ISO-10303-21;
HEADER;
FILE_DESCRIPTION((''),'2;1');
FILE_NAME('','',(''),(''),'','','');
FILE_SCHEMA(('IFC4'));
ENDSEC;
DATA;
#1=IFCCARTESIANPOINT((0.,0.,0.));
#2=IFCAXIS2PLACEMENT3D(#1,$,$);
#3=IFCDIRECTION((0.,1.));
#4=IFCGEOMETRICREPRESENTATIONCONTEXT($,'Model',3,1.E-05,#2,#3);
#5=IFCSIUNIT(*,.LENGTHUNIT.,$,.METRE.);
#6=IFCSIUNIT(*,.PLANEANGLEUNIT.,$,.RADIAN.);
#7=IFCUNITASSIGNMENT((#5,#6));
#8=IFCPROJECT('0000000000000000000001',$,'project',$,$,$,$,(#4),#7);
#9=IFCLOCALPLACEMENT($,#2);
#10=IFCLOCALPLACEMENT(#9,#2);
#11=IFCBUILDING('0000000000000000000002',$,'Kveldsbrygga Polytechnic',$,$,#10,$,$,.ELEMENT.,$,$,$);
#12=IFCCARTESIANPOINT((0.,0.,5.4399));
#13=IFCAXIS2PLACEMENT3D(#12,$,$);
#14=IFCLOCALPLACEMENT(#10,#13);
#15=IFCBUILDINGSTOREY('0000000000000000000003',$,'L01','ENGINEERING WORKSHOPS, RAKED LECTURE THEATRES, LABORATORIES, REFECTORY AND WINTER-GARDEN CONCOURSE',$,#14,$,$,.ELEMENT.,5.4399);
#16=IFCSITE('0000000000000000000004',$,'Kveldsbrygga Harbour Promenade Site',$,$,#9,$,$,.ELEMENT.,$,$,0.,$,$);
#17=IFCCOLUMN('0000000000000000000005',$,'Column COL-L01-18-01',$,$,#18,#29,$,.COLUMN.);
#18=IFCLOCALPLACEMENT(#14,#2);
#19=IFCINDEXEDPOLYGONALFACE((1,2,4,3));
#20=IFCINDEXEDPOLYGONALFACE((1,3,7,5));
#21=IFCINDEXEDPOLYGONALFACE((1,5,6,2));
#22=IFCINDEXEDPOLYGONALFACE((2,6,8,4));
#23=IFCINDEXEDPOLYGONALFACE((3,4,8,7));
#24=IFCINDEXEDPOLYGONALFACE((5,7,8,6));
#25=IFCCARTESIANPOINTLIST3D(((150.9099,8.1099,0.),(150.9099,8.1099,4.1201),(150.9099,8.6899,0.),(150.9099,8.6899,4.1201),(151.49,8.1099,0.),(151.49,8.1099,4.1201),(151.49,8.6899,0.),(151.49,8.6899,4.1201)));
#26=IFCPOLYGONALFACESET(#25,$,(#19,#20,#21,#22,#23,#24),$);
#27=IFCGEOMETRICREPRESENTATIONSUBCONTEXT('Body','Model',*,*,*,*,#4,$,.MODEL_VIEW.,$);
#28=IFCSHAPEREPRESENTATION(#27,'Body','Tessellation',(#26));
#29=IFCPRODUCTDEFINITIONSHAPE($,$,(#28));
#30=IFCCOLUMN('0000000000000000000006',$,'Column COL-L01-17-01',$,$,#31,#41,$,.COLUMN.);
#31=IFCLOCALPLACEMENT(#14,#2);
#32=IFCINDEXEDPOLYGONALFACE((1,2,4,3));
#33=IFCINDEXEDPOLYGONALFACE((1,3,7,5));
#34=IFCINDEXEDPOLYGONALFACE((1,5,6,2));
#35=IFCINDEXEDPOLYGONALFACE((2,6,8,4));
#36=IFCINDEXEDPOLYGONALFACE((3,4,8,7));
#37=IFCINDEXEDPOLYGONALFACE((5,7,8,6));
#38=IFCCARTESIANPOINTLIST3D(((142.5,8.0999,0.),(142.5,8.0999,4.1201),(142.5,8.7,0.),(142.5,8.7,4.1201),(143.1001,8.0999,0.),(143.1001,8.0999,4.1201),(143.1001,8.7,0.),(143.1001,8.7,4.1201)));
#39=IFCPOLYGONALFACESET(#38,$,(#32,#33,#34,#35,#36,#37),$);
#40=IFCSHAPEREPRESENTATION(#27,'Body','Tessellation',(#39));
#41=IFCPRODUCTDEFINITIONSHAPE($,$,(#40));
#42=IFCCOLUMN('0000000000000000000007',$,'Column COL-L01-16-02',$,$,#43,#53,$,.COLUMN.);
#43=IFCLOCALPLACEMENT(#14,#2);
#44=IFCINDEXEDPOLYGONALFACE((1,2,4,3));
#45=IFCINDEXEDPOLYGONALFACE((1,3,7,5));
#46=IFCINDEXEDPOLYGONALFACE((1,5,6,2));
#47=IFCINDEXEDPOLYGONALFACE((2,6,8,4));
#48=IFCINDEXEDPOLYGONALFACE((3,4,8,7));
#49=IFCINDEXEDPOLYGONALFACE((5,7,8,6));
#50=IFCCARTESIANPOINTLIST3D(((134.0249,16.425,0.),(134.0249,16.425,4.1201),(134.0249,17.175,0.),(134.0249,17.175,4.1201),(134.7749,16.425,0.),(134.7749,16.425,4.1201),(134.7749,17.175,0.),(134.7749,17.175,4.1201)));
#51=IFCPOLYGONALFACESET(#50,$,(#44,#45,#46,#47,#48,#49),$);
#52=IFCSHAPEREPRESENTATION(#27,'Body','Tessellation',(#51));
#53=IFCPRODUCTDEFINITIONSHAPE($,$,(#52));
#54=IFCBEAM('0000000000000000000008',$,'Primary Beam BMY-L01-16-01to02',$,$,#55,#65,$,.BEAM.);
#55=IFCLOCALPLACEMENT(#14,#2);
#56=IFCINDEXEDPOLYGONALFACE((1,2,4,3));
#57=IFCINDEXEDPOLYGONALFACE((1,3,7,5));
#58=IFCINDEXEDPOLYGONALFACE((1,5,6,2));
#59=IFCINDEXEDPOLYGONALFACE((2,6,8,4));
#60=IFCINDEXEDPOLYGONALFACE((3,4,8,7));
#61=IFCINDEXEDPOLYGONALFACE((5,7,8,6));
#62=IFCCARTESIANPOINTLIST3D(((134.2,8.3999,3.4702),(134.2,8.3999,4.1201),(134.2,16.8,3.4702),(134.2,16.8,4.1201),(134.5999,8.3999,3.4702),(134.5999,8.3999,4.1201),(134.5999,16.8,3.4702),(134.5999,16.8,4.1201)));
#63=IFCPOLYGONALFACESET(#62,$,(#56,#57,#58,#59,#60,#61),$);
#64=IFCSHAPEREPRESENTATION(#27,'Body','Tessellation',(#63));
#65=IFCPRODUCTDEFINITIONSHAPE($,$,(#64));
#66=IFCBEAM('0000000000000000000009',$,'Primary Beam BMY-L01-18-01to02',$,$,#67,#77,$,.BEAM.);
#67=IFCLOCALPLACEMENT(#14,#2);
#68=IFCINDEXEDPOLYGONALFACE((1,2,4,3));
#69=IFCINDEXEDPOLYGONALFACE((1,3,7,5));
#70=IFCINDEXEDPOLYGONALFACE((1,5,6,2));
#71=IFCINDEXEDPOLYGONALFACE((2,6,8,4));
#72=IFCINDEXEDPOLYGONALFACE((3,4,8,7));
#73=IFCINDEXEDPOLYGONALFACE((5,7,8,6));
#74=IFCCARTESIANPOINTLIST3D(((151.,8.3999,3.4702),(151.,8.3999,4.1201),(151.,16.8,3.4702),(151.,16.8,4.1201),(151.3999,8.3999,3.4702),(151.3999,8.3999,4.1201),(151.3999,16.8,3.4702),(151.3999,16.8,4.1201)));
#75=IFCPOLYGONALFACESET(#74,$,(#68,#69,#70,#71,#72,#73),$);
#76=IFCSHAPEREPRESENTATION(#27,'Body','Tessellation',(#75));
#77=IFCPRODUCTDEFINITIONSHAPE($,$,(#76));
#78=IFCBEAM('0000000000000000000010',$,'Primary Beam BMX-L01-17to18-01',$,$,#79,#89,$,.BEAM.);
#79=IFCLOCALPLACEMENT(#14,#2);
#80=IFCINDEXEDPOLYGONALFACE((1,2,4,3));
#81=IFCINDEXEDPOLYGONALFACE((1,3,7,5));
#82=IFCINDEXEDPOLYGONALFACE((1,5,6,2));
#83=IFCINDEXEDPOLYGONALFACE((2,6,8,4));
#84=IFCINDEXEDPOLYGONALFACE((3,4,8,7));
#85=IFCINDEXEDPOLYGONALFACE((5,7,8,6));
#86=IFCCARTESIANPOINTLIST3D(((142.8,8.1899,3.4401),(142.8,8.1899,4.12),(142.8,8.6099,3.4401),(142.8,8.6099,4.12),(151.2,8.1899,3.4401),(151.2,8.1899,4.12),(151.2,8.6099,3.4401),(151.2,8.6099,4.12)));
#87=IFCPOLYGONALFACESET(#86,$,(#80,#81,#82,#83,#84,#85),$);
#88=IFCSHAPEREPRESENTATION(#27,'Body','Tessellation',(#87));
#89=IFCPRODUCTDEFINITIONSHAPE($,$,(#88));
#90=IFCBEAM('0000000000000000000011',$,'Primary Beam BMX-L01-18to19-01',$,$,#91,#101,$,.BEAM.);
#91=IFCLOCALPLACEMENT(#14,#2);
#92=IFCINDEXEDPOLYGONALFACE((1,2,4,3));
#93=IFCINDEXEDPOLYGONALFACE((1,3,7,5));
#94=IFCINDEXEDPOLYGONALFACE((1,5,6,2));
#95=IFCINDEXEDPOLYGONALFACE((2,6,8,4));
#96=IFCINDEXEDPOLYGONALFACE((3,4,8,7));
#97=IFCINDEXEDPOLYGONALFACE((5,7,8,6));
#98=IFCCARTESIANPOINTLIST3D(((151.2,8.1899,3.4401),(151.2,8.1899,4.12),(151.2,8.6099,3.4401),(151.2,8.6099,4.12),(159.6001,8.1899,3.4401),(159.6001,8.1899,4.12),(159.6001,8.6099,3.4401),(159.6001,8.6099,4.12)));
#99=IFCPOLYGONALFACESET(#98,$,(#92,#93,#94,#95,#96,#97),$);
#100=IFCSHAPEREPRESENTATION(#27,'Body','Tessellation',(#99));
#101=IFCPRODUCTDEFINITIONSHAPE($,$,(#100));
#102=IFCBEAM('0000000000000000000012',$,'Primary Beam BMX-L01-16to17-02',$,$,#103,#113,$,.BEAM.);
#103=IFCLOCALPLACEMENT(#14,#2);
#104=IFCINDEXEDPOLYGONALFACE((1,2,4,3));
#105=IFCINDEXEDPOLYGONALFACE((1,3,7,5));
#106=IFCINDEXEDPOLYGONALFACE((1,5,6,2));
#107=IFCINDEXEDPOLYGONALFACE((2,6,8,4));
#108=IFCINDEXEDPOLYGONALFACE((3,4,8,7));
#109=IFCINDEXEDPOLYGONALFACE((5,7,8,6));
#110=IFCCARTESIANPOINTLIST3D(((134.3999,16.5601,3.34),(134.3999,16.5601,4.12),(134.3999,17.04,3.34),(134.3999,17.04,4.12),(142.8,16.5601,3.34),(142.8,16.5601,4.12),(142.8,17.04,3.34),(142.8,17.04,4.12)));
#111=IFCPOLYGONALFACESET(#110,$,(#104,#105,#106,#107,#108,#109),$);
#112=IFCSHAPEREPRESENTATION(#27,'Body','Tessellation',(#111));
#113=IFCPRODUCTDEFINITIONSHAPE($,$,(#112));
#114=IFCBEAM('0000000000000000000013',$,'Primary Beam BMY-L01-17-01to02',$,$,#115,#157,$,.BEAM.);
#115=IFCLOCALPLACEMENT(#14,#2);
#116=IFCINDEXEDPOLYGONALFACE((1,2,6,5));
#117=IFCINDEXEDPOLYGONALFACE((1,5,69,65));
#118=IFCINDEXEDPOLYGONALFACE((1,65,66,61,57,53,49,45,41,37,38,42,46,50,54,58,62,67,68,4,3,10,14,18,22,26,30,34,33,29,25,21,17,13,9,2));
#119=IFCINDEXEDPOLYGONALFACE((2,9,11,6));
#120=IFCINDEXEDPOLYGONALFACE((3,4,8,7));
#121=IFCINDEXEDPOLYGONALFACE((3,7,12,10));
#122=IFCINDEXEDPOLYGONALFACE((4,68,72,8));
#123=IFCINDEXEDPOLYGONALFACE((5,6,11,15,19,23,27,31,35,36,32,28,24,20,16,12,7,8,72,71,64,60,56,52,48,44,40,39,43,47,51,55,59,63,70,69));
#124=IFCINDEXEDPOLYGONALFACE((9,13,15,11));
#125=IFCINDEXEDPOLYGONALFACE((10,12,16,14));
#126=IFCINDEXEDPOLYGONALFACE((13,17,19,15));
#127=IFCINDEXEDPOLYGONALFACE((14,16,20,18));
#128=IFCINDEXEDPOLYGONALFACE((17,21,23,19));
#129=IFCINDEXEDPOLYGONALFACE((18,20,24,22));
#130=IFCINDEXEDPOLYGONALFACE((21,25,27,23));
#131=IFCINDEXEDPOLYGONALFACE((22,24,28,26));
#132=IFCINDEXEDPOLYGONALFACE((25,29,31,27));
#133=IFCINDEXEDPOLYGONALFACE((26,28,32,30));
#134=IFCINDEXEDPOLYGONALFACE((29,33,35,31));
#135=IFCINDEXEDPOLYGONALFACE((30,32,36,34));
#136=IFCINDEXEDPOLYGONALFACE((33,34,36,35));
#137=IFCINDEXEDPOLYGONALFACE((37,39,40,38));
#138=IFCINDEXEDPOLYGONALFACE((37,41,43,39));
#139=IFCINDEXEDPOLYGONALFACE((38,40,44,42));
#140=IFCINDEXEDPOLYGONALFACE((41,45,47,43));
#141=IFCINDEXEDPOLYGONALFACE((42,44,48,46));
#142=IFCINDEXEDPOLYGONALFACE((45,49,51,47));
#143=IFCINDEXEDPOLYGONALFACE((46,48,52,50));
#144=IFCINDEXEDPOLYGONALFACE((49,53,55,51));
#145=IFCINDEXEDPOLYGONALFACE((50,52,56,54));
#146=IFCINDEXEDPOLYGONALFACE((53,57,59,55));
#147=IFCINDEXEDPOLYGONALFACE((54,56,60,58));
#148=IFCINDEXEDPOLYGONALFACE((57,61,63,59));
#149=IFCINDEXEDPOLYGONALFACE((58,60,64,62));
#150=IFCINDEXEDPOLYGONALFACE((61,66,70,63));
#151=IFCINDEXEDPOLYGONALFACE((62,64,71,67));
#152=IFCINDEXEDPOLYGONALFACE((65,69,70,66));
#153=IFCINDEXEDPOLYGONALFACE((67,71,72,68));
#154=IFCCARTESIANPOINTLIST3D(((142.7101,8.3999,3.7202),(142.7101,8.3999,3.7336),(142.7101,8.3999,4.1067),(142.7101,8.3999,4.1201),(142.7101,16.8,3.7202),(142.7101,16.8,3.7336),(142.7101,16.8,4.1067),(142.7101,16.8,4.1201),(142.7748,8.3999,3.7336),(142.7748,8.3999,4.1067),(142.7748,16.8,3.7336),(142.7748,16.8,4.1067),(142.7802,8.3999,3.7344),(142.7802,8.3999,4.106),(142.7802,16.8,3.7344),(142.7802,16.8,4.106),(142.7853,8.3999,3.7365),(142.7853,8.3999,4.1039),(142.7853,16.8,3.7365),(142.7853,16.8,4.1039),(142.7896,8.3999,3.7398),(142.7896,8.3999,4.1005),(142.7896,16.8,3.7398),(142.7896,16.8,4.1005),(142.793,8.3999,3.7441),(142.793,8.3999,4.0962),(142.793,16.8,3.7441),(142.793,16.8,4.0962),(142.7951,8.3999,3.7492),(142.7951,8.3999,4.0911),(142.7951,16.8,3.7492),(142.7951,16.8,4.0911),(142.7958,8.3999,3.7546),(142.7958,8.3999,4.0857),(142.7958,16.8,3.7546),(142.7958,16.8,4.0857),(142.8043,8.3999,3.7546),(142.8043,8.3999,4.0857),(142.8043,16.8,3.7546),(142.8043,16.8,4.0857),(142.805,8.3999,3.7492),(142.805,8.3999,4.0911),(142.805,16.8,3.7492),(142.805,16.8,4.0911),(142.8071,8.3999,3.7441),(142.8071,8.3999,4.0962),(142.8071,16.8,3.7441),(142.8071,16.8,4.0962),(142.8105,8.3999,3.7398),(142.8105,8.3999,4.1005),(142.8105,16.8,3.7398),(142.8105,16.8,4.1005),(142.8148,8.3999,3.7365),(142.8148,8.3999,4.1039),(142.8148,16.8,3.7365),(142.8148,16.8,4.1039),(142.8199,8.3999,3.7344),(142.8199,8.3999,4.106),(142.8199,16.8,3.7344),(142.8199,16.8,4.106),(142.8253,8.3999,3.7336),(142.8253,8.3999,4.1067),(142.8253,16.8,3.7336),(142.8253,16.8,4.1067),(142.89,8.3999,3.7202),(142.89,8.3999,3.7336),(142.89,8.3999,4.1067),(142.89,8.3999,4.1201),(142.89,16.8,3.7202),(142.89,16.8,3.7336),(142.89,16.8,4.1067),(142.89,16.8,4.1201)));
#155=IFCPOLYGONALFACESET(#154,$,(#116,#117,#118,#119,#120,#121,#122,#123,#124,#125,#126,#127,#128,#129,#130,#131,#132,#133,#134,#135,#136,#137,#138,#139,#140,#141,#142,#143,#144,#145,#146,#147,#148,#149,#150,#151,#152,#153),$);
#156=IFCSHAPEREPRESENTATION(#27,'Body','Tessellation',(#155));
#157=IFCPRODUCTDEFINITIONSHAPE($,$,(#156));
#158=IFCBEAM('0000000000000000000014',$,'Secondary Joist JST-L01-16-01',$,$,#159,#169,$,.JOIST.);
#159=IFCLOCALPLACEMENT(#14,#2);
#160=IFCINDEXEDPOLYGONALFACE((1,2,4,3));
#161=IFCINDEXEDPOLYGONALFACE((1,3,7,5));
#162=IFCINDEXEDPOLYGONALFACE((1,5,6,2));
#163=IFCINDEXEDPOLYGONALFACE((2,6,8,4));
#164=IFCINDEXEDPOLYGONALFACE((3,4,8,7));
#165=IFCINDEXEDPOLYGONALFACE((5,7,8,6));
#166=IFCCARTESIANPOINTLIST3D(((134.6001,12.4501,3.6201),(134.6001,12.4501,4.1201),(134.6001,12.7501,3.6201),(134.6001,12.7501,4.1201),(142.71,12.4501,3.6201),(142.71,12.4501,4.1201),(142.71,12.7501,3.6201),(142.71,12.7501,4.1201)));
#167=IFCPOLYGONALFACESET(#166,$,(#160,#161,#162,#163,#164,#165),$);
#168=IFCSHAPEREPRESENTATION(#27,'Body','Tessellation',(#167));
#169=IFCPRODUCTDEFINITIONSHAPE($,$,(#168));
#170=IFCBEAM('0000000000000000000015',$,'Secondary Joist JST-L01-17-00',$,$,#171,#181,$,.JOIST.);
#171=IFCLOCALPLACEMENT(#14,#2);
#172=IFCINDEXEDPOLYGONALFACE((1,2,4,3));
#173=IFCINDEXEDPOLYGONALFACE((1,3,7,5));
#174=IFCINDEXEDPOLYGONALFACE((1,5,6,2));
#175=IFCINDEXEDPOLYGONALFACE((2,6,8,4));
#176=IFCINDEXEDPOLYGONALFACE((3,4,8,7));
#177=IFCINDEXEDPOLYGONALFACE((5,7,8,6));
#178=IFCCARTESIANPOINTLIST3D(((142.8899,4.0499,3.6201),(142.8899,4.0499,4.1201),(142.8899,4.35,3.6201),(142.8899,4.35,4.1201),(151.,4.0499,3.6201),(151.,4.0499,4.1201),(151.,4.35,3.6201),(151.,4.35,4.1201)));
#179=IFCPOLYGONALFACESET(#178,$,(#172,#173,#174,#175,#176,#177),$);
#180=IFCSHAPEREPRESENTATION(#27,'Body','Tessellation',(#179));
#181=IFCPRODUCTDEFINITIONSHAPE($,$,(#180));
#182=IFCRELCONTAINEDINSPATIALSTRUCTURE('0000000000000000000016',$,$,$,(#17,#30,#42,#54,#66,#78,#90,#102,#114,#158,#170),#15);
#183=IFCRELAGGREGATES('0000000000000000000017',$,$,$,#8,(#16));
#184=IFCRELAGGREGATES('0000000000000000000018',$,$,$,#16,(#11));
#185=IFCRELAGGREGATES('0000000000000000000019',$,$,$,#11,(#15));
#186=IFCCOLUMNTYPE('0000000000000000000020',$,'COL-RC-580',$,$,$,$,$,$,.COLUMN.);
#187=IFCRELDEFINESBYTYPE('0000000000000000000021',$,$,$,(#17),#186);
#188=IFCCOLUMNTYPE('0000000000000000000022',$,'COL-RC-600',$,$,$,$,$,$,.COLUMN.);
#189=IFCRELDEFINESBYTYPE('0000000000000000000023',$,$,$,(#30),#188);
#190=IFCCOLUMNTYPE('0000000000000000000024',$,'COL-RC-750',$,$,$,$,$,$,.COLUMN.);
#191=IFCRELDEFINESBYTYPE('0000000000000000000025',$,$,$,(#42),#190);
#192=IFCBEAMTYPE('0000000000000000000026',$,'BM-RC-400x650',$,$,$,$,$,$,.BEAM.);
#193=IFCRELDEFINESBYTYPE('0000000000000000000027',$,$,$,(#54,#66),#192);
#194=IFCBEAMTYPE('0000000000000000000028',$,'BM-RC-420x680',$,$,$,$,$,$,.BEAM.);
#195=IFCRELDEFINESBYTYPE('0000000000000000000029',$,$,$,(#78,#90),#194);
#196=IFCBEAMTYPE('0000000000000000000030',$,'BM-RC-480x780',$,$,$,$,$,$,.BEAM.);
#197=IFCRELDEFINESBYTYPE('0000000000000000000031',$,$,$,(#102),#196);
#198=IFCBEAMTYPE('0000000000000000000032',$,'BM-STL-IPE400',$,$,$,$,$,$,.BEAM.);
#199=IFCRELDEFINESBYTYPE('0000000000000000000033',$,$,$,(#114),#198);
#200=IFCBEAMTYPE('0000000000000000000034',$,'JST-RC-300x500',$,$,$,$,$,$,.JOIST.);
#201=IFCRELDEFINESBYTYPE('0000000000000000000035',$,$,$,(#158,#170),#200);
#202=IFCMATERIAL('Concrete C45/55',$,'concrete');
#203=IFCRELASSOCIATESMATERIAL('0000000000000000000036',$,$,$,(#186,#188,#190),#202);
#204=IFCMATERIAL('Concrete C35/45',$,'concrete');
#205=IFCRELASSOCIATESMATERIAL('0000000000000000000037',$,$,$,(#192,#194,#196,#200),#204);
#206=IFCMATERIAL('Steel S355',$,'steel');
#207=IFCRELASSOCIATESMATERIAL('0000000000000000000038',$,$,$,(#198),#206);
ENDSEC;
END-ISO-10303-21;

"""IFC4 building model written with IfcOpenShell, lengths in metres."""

from ifc_helpers import new_model, si_unit, direction, frame, origin, origin_2d, place, context, subcontext, project, spatial, rectangle, i_section, extrude, material, material_profile, profile_set, type_object, element, save


model = new_model("IFC4")

# Units and contexts
model_context = context("Model", 3, precision=1e-05, world=origin(), true_north=direction((0.0, 1.0)))
body_context = subcontext(model_context, "Body", "Model", "MODEL_VIEW")
ifc_project = project(units=[si_unit("LENGTHUNIT", "METRE"), si_unit("PLANEANGLEUNIT", "RADIAN")], contexts=[model_context])

# Site, building, storey
site_placement = place(None, origin())
site = spatial("IfcSite", under=ifc_project, at=site_placement, Name="Kveldsbrygga Harbour Promenade Site", CompositionType="ELEMENT", RefElevation=0.0)
building_placement = place(site_placement, origin())
building = spatial("IfcBuilding", under=site, at=building_placement, Name="Kveldsbrygga Polytechnic", CompositionType="ELEMENT")
storey_placement = place(building_placement, frame((0.0, 0.0, 5.4399)))
storey = spatial("IfcBuildingStorey", under=building, at=storey_placement, Name="L01", Description="ENGINEERING WORKSHOPS, RAKED LECTURE THEATRES, LABORATORIES, REFECTORY AND WINTER-GARDEN CONCOURSE", CompositionType="ELEMENT", Elevation=5.4399)

# Columns
ifc_material_1 = material(Name="Concrete C45/55", Category="concrete")
ifc_material_profile_1 = material_profile(ifc_material_1, rectangle(XDim=0.5801, YDim=0.5801, at=origin_2d()), Name="RC 580x580")
ifc_profile_set_1 = profile_set([ifc_material_profile_1], Name="Concrete C45/55")
column_type_1 = type_object("IfcColumnType", Name="COL-RC-580", PredefinedType="COLUMN", material=ifc_profile_set_1)
column_1_placement = place(storey_placement, frame((151.2, 8.3999, 0.0), z_axis=(0.0, 0.0, 1.0), x_axis=(1.0, 0.0, 0.0)))
element("IfcColumn", 1, at=column_1_placement, inside=storey, type_object=column_type_1, Name="Column COL-L01-18-01", PredefinedType="COLUMN", context=body_context, shape_type="SweptSolid", body=[
    extrude(rectangle(XDim=0.5801, YDim=0.5801, at=origin_2d()), origin(), (0.0, 0.0, 1.0), 4.1201),
])
ifc_material_profile_2 = material_profile(ifc_material_1, rectangle(XDim=0.6001, YDim=0.6001, at=origin_2d()), Name="RC 600x600")
ifc_profile_set_2 = profile_set([ifc_material_profile_2], Name="Concrete C45/55")
column_type_2 = type_object("IfcColumnType", Name="COL-RC-600", PredefinedType="COLUMN", material=ifc_profile_set_2)
column_2_placement = place(storey_placement, frame((142.8, 8.3999, 0.0), z_axis=(0.0, 0.0, 1.0), x_axis=(1.0, 0.0, 0.0)))
element("IfcColumn", 2, at=column_2_placement, inside=storey, type_object=column_type_2, Name="Column COL-L01-17-01", PredefinedType="COLUMN", context=body_context, shape_type="SweptSolid", body=[
    extrude(rectangle(XDim=0.6001, YDim=0.6001, at=origin_2d()), origin(), (0.0, 0.0, 1.0), 4.1201),
])
ifc_material_profile_3 = material_profile(ifc_material_1, rectangle(XDim=0.75, YDim=0.75, at=origin_2d()), Name="RC 750x750")
ifc_profile_set_3 = profile_set([ifc_material_profile_3], Name="Concrete C45/55")
column_type_3 = type_object("IfcColumnType", Name="COL-RC-750", PredefinedType="COLUMN", material=ifc_profile_set_3)
column_3_placement = place(storey_placement, frame((134.3999, 16.8, 0.0), z_axis=(0.0, 0.0, 1.0), x_axis=(1.0, 0.0, 0.0)))
element("IfcColumn", 3, at=column_3_placement, inside=storey, type_object=column_type_3, Name="Column COL-L01-16-02", PredefinedType="COLUMN", context=body_context, shape_type="SweptSolid", body=[
    extrude(rectangle(XDim=0.75, YDim=0.75, at=origin_2d()), origin(), (0.0, 0.0, 1.0), 4.1201),
])

# Beams
ifc_material_2 = material(Name="Concrete C35/45", Category="concrete")
ifc_material_profile_4 = material_profile(ifc_material_2, rectangle(XDim=0.3999, YDim=0.6499, at=origin_2d()), Name="RC 400x650")
ifc_profile_set_4 = profile_set([ifc_material_profile_4], Name="Concrete C35/45")
beam_type_1 = type_object("IfcBeamType", Name="BM-RC-400x650", PredefinedType="BEAM", material=ifc_profile_set_4)
for number, where, z_axis, x_axis, name in (
    (4, (134.3999, 8.3999, 3.7952), (0.0, 1.0, 0.0), (-1.0, 0.0, 0.0), "Primary Beam BMY-L01-16-01to02"),
    (5, (151.2, 8.3999, 3.7952), (0.0, 1.0, 0.0), (-1.0, 0.0, 0.0), "Primary Beam BMY-L01-18-01to02"),
):
    element("IfcBeam", number, at=place(storey_placement, frame(where, z_axis=z_axis, x_axis=x_axis)), inside=storey, type_object=beam_type_1, Name=name, PredefinedType="BEAM", context=body_context, shape_type="SweptSolid", body=[
        extrude(rectangle(XDim=0.3999, YDim=0.6499, at=origin_2d()), origin(), (0.0, 0.0, 1.0), 8.4001),
    ])
ifc_material_profile_5 = material_profile(ifc_material_2, rectangle(XDim=0.4199, YDim=0.6799, at=origin_2d()), Name="RC 420x680")
ifc_profile_set_5 = profile_set([ifc_material_profile_5], Name="Concrete C35/45")
beam_type_2 = type_object("IfcBeamType", Name="BM-RC-420x680", PredefinedType="BEAM", material=ifc_profile_set_5)
beam_1_placement = place(storey_placement, frame((142.8, 8.3999, 3.78), z_axis=(1.0, 0.0, 0.0), x_axis=(0.0, 1.0, 0.0)))
element("IfcBeam", 6, at=beam_1_placement, inside=storey, type_object=beam_type_2, Name="Primary Beam BMX-L01-17to18-01", PredefinedType="BEAM", context=body_context, shape_type="SweptSolid", body=[
    extrude(rectangle(XDim=0.4199, YDim=0.6799, at=origin_2d()), origin(), (0.0, 0.0, 1.0), 8.3999),
])
beam_2_placement = place(storey_placement, frame((151.2, 8.3999, 3.78), z_axis=(1.0, 0.0, 0.0), x_axis=(0.0, 1.0, 0.0)))
element("IfcBeam", 7, at=beam_2_placement, inside=storey, type_object=beam_type_2, Name="Primary Beam BMX-L01-18to19-01", PredefinedType="BEAM", context=body_context, shape_type="SweptSolid", body=[
    extrude(rectangle(XDim=0.4199, YDim=0.6799, at=origin_2d()), origin(), (0.0, 0.0, 1.0), 8.4001),
])
ifc_material_profile_6 = material_profile(ifc_material_2, rectangle(XDim=0.48, YDim=0.78, at=origin_2d()), Name="RC 480x780")
ifc_profile_set_6 = profile_set([ifc_material_profile_6], Name="Concrete C35/45")
beam_type_3 = type_object("IfcBeamType", Name="BM-RC-480x780", PredefinedType="BEAM", material=ifc_profile_set_6)
beam_3_placement = place(storey_placement, frame((134.3999, 16.8, 3.73), z_axis=(1.0, 0.0, 0.0), x_axis=(0.0, 1.0, 0.0)))
element("IfcBeam", 8, at=beam_3_placement, inside=storey, type_object=beam_type_3, Name="Primary Beam BMX-L01-16to17-02", PredefinedType="BEAM", context=body_context, shape_type="SweptSolid", body=[
    extrude(rectangle(XDim=0.48, YDim=0.78, at=origin_2d()), origin(), (0.0, 0.0, 1.0), 8.4001),
])
ifc_material_3 = material(Name="Steel S355", Category="steel")
ifc_material_profile_7 = material_profile(ifc_material_3, i_section(OverallWidth=0.1799, OverallDepth=0.3999, WebThickness=0.0085, FlangeThickness=0.0134, FilletRadius=0.021, at=origin_2d()), Name="IPE 400")
ifc_profile_set_7 = profile_set([ifc_material_profile_7], Name="Steel S355")
beam_type_4 = type_object("IfcBeamType", Name="BM-STL-IPE400", PredefinedType="BEAM", material=ifc_profile_set_7)
beam_4_placement = place(storey_placement, frame((142.8, 8.3999, 3.9202), z_axis=(0.0, 1.0, 0.0), x_axis=(-1.0, 0.0, 0.0)))
element("IfcBeam", 9, at=beam_4_placement, inside=storey, type_object=beam_type_4, Name="Primary Beam BMY-L01-17-01to02", PredefinedType="BEAM", context=body_context, shape_type="SweptSolid", body=[
    extrude(i_section(OverallWidth=0.1799, OverallDepth=0.3999, WebThickness=0.0085, FlangeThickness=0.0134, FilletRadius=0.021, at=origin_2d()), origin(), (0.0, 0.0, 1.0), 8.4001),
])
ifc_material_profile_8 = material_profile(ifc_material_2, rectangle(XDim=0.3, YDim=0.5, at=origin_2d()), Name="RC 300x500")
ifc_profile_set_8 = profile_set([ifc_material_profile_8], Name="Concrete C35/45")
beam_type_5 = type_object("IfcBeamType", Name="JST-RC-300x500", PredefinedType="JOIST", material=ifc_profile_set_8)
beam_5_placement = place(storey_placement, frame((134.6001, 12.6001, 3.8701), z_axis=(1.0, 0.0, 0.0), x_axis=(0.0, 1.0, 0.0)))
element("IfcBeam", 10, at=beam_5_placement, inside=storey, type_object=beam_type_5, Name="Secondary Joist JST-L01-16-01", PredefinedType="JOIST", context=body_context, shape_type="SweptSolid", body=[
    extrude(rectangle(XDim=0.3, YDim=0.5, at=origin_2d()), origin(), (0.0, 0.0, 1.0), 8.1099),
])
for number, where, z_axis, x_axis, name in (
    (11, (142.8899, 4.2, 3.8701), (1.0, 0.0, 0.0), (0.0, 1.0, 0.0), "Secondary Joist JST-L01-17-00"),
):
    element("IfcBeam", number, at=place(storey_placement, frame(where, z_axis=z_axis, x_axis=x_axis)), inside=storey, type_object=beam_type_5, Name=name, PredefinedType="JOIST", context=body_context, shape_type="SweptSolid", body=[
        extrude(rectangle(XDim=0.3, YDim=0.5, at=origin_2d()), origin(), (0.0, 0.0, 1.0), 8.1101),
    ])

save(model, "model.ifc")
